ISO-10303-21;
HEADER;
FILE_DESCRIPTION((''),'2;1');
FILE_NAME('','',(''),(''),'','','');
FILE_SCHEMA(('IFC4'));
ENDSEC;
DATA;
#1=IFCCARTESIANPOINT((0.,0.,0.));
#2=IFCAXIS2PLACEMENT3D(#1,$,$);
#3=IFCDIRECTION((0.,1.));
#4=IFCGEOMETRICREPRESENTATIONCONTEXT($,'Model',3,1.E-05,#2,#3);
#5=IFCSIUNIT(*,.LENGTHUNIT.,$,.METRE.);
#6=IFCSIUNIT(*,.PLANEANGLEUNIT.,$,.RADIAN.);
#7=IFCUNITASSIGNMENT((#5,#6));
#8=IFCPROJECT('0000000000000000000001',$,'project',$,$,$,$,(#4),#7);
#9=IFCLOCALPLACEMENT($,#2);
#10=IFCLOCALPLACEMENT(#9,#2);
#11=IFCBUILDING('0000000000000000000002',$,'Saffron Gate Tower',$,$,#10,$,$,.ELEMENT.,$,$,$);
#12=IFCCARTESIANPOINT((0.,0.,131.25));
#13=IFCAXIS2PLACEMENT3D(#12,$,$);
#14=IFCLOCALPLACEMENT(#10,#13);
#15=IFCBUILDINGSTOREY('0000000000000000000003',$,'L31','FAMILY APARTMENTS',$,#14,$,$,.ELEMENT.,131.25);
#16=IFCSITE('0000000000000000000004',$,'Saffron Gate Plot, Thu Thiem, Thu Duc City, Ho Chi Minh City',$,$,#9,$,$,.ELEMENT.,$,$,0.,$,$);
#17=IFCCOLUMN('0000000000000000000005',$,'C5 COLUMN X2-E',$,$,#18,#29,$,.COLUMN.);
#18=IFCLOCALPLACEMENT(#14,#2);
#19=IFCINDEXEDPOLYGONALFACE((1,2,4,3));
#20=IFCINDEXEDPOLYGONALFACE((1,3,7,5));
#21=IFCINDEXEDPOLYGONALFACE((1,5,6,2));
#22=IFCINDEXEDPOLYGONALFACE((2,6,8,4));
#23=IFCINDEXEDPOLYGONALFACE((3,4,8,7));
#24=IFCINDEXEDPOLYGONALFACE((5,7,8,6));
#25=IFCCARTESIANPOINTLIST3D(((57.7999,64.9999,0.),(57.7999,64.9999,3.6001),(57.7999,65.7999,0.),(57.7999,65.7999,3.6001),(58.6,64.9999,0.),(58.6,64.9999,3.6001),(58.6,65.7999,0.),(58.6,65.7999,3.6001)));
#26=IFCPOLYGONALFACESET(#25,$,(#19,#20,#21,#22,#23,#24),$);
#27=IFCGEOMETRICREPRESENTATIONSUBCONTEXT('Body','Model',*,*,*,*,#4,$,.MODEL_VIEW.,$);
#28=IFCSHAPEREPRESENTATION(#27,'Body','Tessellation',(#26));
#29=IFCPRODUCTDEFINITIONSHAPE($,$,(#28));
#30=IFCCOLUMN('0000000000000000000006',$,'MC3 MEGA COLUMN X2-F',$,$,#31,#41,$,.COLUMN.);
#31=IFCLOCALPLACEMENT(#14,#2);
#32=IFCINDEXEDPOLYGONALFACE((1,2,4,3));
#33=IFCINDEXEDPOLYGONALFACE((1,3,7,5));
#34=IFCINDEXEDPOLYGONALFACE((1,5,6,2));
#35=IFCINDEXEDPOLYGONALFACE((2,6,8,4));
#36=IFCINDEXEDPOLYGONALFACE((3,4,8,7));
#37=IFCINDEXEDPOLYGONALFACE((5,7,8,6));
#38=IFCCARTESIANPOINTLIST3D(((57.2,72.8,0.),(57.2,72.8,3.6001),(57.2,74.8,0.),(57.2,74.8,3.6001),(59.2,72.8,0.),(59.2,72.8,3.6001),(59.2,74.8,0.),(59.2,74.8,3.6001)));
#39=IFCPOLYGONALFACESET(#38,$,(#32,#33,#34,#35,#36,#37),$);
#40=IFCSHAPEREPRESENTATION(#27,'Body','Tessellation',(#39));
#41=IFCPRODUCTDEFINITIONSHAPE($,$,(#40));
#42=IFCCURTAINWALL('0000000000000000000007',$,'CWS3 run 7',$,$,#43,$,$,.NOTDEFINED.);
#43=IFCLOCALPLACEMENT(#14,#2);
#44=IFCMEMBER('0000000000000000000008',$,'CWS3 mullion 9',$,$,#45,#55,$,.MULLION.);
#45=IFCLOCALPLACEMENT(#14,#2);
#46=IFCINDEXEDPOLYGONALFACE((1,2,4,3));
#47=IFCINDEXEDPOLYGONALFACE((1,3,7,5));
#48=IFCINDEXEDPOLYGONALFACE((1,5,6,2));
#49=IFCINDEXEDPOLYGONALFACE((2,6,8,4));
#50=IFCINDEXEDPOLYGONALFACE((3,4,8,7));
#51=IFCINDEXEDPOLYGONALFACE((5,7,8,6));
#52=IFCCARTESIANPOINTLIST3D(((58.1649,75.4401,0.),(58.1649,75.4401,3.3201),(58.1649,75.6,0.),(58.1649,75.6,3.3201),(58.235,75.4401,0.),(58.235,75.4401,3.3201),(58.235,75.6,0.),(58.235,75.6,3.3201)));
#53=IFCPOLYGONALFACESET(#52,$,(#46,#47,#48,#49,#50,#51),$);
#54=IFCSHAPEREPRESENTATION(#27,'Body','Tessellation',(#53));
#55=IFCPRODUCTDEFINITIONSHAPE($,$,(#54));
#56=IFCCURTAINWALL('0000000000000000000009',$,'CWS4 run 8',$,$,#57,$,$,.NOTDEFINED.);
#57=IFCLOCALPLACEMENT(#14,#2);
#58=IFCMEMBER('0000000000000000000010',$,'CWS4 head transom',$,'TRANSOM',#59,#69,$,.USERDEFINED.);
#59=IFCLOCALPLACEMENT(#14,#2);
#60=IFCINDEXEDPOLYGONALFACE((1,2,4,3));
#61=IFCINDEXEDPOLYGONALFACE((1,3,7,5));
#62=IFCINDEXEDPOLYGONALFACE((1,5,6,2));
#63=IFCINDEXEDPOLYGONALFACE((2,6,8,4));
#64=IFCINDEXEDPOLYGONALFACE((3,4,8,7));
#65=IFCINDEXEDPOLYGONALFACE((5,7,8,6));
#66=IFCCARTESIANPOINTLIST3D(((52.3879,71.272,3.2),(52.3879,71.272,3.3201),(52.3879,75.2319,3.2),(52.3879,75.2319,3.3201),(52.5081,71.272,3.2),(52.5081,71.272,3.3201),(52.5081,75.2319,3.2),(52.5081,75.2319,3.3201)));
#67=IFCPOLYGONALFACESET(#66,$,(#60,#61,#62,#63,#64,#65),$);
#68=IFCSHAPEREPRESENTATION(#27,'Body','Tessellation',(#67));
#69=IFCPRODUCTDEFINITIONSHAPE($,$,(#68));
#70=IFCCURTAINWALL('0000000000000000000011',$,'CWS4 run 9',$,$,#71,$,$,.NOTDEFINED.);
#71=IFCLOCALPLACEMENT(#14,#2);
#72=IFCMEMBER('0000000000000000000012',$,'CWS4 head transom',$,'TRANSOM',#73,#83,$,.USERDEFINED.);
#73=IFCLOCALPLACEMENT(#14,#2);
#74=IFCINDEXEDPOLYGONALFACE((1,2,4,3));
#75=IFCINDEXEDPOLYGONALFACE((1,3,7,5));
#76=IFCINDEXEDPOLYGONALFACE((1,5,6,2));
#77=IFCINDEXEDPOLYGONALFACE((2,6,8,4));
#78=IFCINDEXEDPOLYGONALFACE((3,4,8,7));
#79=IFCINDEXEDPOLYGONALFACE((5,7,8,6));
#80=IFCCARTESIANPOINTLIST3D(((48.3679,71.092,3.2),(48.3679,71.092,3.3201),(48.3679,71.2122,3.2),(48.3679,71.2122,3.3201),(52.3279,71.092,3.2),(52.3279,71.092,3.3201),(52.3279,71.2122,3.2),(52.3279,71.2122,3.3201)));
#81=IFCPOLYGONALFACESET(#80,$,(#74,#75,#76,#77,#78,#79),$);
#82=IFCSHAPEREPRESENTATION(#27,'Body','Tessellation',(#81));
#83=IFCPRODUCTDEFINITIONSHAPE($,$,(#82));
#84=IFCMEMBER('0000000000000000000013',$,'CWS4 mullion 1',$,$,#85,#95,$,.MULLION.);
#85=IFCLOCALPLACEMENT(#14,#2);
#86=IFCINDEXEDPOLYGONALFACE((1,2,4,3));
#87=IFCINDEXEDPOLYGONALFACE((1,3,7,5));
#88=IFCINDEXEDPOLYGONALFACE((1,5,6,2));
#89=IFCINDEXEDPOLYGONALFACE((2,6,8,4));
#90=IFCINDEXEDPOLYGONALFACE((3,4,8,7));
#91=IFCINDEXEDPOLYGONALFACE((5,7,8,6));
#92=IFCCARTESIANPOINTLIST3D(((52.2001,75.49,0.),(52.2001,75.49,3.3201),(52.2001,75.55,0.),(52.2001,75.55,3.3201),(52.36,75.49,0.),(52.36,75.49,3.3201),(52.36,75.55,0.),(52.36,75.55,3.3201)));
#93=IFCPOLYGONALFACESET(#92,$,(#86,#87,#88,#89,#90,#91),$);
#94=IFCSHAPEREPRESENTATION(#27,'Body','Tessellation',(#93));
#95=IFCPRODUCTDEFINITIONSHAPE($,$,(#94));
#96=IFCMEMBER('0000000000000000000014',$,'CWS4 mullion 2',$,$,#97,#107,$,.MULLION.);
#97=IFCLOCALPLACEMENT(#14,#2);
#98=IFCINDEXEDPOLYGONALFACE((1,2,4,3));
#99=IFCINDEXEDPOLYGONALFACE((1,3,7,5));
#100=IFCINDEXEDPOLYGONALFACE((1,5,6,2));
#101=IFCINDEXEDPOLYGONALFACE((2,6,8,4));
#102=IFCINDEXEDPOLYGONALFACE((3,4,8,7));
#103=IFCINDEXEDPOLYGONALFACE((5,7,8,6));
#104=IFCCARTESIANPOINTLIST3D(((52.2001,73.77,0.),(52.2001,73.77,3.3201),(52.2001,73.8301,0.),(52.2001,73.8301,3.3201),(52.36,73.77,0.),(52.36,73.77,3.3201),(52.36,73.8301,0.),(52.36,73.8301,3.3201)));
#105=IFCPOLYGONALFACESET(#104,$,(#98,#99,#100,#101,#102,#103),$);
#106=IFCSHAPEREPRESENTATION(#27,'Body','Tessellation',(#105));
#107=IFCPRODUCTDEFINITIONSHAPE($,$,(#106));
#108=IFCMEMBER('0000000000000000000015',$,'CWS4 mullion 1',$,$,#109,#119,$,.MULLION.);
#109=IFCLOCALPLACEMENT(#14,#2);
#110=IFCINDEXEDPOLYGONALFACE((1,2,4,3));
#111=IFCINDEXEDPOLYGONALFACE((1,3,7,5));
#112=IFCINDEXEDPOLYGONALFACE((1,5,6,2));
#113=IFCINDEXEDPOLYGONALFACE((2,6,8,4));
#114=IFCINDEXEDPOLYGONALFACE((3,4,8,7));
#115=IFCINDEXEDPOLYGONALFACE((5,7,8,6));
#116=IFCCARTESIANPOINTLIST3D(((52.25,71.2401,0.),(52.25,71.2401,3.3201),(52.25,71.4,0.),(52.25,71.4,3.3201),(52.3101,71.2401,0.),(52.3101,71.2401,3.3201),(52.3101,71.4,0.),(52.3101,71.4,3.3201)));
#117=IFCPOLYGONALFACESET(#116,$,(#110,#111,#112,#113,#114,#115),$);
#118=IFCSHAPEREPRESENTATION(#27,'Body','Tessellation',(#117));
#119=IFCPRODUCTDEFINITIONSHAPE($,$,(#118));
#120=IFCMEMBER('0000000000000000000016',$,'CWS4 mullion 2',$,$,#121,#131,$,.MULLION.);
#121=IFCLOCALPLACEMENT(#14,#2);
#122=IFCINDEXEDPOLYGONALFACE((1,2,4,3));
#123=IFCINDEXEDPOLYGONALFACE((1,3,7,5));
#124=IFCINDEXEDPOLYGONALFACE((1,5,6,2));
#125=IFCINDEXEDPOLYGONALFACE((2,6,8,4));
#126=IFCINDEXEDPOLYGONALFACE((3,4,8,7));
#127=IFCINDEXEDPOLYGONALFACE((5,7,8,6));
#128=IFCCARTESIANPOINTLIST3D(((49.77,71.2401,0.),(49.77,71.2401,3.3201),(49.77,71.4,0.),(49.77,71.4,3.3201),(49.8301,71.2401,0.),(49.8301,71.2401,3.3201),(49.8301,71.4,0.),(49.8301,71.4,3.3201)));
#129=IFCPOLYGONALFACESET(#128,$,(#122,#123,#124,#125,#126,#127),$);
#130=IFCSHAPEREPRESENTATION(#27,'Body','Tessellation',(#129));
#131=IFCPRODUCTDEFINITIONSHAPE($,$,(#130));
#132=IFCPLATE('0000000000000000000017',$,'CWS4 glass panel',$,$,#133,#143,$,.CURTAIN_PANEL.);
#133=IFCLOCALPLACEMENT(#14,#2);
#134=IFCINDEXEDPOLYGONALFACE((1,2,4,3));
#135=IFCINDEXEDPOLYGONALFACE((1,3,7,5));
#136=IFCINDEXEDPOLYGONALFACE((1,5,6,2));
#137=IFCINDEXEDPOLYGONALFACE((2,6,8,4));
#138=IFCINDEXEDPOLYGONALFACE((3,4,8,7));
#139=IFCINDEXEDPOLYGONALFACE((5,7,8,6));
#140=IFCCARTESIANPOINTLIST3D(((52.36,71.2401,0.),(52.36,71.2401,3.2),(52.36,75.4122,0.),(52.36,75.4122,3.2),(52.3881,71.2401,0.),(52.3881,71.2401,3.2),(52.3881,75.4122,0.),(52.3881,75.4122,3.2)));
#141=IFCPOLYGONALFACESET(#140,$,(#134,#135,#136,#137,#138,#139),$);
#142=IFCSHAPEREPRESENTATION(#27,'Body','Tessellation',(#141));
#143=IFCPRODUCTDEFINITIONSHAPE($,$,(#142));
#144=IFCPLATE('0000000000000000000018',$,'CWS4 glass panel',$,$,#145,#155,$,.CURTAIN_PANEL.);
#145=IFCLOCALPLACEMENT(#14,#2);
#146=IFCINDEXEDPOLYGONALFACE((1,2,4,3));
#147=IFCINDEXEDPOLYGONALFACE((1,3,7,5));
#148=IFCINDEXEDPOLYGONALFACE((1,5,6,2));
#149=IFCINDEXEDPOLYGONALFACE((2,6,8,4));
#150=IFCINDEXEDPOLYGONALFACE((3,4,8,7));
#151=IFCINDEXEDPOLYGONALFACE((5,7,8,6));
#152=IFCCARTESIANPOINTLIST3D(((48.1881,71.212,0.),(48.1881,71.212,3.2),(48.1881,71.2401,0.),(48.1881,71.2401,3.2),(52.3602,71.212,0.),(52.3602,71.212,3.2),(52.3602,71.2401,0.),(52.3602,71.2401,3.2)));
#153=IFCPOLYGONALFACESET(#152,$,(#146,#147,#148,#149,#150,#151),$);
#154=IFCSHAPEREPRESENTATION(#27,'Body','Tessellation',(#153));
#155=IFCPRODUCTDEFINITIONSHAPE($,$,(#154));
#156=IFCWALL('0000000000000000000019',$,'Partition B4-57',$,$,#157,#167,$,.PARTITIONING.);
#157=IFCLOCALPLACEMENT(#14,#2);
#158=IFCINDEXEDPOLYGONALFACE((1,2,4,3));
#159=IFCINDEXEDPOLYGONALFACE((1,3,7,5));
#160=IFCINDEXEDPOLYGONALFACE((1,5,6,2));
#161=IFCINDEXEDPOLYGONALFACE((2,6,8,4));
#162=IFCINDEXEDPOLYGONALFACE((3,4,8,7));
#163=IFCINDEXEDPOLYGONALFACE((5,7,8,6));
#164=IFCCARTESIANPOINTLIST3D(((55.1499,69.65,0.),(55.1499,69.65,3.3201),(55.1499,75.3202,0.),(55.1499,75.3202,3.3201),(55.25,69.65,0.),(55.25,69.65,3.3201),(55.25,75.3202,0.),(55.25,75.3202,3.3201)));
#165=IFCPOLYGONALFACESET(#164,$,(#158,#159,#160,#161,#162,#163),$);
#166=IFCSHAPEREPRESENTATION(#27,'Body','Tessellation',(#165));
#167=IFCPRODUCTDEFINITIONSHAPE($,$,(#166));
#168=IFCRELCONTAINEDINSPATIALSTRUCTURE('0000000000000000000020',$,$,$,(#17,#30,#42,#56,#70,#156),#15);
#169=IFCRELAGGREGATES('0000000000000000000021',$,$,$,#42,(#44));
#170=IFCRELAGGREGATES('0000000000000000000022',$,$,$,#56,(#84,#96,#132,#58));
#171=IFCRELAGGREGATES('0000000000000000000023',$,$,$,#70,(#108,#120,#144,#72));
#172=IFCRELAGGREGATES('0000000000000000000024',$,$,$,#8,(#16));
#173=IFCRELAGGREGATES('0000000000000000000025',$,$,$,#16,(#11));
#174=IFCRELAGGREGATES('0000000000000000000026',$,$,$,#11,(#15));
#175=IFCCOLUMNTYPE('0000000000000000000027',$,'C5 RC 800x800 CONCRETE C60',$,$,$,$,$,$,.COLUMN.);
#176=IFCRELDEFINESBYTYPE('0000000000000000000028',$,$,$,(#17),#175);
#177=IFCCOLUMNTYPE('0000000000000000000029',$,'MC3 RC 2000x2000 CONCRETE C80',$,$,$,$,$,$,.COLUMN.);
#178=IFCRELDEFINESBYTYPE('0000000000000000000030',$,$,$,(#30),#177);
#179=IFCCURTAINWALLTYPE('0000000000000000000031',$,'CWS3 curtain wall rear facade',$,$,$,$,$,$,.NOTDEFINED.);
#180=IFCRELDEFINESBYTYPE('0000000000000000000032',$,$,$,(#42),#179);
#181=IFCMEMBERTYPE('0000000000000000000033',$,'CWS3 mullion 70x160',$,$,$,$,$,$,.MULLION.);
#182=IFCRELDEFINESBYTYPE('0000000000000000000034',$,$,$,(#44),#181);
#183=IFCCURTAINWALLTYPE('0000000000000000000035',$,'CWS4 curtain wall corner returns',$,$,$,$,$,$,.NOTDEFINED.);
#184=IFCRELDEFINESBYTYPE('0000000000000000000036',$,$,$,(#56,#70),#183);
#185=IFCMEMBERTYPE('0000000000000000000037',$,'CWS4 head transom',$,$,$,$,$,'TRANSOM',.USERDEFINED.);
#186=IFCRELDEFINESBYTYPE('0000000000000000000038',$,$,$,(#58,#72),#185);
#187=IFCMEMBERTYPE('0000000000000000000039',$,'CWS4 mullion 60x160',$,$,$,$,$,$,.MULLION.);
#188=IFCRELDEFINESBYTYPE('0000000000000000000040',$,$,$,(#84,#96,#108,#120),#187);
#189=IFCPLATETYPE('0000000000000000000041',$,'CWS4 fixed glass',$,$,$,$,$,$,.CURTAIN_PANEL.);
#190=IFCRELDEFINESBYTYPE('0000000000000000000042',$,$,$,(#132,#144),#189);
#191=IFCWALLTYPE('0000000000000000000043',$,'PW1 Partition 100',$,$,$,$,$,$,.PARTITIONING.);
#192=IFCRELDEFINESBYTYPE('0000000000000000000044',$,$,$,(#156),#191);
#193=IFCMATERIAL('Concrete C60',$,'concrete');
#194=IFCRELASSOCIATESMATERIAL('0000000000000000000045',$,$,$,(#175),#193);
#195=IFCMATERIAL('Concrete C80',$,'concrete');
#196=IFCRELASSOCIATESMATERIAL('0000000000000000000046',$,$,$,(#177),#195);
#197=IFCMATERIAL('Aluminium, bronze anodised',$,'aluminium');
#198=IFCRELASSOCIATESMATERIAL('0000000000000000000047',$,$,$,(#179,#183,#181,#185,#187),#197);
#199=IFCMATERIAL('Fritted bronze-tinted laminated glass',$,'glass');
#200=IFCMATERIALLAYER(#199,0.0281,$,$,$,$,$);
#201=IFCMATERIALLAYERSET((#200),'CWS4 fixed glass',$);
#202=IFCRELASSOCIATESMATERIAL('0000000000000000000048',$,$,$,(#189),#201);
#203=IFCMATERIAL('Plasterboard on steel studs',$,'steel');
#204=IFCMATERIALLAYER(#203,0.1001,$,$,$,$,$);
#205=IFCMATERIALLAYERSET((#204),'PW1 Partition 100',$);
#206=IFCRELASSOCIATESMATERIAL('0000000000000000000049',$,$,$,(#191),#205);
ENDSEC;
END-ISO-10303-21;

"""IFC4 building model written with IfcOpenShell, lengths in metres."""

from ifc_helpers import new_model, si_unit, direction, frame, frame_2d, origin, origin_2d, place, context, subcontext, project, spatial, rectangle, extrude, material, layer, layer_set, material_profile, profile_set, type_object, element, aggregate, save


model = new_model("IFC4")

# Units and contexts
model_context = context("Model", 3, precision=1e-05, world=origin(), true_north=direction((0.0, 1.0)))
body_context = subcontext(model_context, "Body", "Model", "MODEL_VIEW")
ifc_project = project(units=[si_unit("LENGTHUNIT", "METRE"), si_unit("PLANEANGLEUNIT", "RADIAN")], contexts=[model_context])

# Site, building, storey
site_placement = place(None, origin())
site = spatial("IfcSite", under=ifc_project, at=site_placement, Name="Saffron Gate Plot, Thu Thiem, Thu Duc City, Ho Chi Minh City", CompositionType="ELEMENT", RefElevation=0.0)
building_placement = place(site_placement, origin())
building = spatial("IfcBuilding", under=site, at=building_placement, Name="Saffron Gate Tower", CompositionType="ELEMENT")
storey_placement = place(building_placement, frame((0.0, 0.0, 131.25)))
storey = spatial("IfcBuildingStorey", under=building, at=storey_placement, Name="L31", Description="FAMILY APARTMENTS", CompositionType="ELEMENT", Elevation=131.25)

# Columns
ifc_material_1 = material(Name="Concrete C60", Category="concrete")
ifc_material_profile_1 = material_profile(ifc_material_1, rectangle(XDim=0.8, YDim=0.8, at=origin_2d()))
ifc_profile_set_1 = profile_set([ifc_material_profile_1], Name="Concrete C60")
column_type_1 = type_object("IfcColumnType", Name="C5 RC 800x800 CONCRETE C60", PredefinedType="COLUMN", material=ifc_profile_set_1)
column_1_placement = place(storey_placement, frame((58.2, 65.3999, 0.0), z_axis=(0.0, 0.0, 1.0), x_axis=(1.0, 0.0, 0.0)))
element("IfcColumn", 1, at=column_1_placement, inside=storey, type_object=column_type_1, Name="C5 COLUMN X2-E", PredefinedType="COLUMN", context=body_context, shape_type="SweptSolid", body=[
    extrude(rectangle(XDim=0.8, YDim=0.8, at=origin_2d()), origin(), (0.0, 0.0, 1.0), 3.6001),
])
ifc_material_2 = material(Name="Concrete C80", Category="concrete")
ifc_material_profile_2 = material_profile(ifc_material_2, rectangle(XDim=2.0, YDim=2.0, at=origin_2d()))
ifc_profile_set_2 = profile_set([ifc_material_profile_2], Name="Concrete C80")
column_type_2 = type_object("IfcColumnType", Name="MC3 RC 2000x2000 CONCRETE C80", PredefinedType="COLUMN", material=ifc_profile_set_2)
column_2_placement = place(storey_placement, frame((58.2, 73.8, 0.0), z_axis=(0.0, 0.0, 1.0), x_axis=(1.0, 0.0, 0.0)))
element("IfcColumn", 2, at=column_2_placement, inside=storey, type_object=column_type_2, Name="MC3 MEGA COLUMN X2-F", PredefinedType="COLUMN", context=body_context, shape_type="SweptSolid", body=[
    extrude(rectangle(XDim=2.0, YDim=2.0, at=origin_2d()), origin(), (0.0, 0.0, 1.0), 3.6001),
])

# Curtain walls, members
ifc_material_3 = material(Name="Aluminium, bronze anodised", Category="aluminium")
curtain_wall_type_1 = type_object("IfcCurtainWallType", Name="CWS3 curtain wall rear facade", PredefinedType="NOTDEFINED", material=ifc_material_3)
curtain_wall_1_placement = place(storey_placement, origin())
curtain_wall_1 = element("IfcCurtainWall", 3, at=curtain_wall_1_placement, inside=storey, type_object=curtain_wall_type_1, Name="CWS3 run 7", PredefinedType="NOTDEFINED")
ifc_material_profile_3 = material_profile(ifc_material_3, rectangle(XDim=0.1599, YDim=0.0701, at=origin_2d()))
ifc_profile_set_3 = profile_set([ifc_material_profile_3], Name="Aluminium, bronze anodised")
member_type_1 = type_object("IfcMemberType", Name="CWS3 mullion 70x160", PredefinedType="MULLION", material=ifc_profile_set_3)
member_1_placement = place(storey_placement, frame((58.2, 75.52, 0.0), z_axis=(0.0, 0.0, 1.0), x_axis=(0.0, -1.0, 0.0)))
member_1 = element("IfcMember", 4, at=member_1_placement, type_object=member_type_1, Name="CWS3 mullion 9", PredefinedType="MULLION", context=body_context, shape_type="SweptSolid", body=[
    extrude(rectangle(XDim=0.1599, YDim=0.0701, at=origin_2d()), origin(), (0.0, 0.0, 1.0), 3.3201),
])
aggregate(curtain_wall_1, [member_1])
curtain_wall_type_2 = type_object("IfcCurtainWallType", Name="CWS4 curtain wall corner returns", PredefinedType="NOTDEFINED", material=ifc_material_3)
curtain_wall_2_placement = place(storey_placement, origin())
curtain_wall_2 = element("IfcCurtainWall", 5, at=curtain_wall_2_placement, inside=storey, type_object=curtain_wall_type_2, Name="CWS4 run 8", PredefinedType="NOTDEFINED")
ifc_material_profile_4 = material_profile(ifc_material_3, rectangle(XDim=0.1201, YDim=0.1201, at=origin_2d()))
ifc_profile_set_4 = profile_set([ifc_material_profile_4], Name="Aluminium, bronze anodised")
member_type_2 = type_object("IfcMemberType", Name="CWS4 head transom", ElementType="TRANSOM", PredefinedType="USERDEFINED", material=ifc_profile_set_4)
member_2_placement = place(storey_placement, frame((52.448, 75.2319, 3.26), z_axis=(0.0, -1.0, 0.0), x_axis=(1.0, 0.0, 0.0)))
member_2 = element("IfcMember", 6, at=member_2_placement, type_object=member_type_2, Name="CWS4 head transom", ObjectType="TRANSOM", PredefinedType="USERDEFINED", context=body_context, shape_type="SweptSolid", body=[
    extrude(rectangle(XDim=0.1201, YDim=0.1201, at=origin_2d()), origin(), (0.0, 0.0, 1.0), 3.96),
])
curtain_wall_3_placement = place(storey_placement, origin())
curtain_wall_3 = element("IfcCurtainWall", 7, at=curtain_wall_3_placement, inside=storey, type_object=curtain_wall_type_2, Name="CWS4 run 9", PredefinedType="NOTDEFINED")
member_3_placement = place(storey_placement, frame((52.3279, 71.1521, 3.26), z_axis=(-1.0, 0.0, 0.0), x_axis=(0.0, -1.0, 0.0)))
member_3 = element("IfcMember", 8, at=member_3_placement, type_object=member_type_2, Name="CWS4 head transom", ObjectType="TRANSOM", PredefinedType="USERDEFINED", context=body_context, shape_type="SweptSolid", body=[
    extrude(rectangle(XDim=0.1201, YDim=0.1201, at=origin_2d()), origin(), (0.0, 0.0, 1.0), 3.96),
])

# Members
ifc_material_profile_5 = material_profile(ifc_material_3, rectangle(XDim=0.1599, YDim=0.0601, at=origin_2d()))
ifc_profile_set_5 = profile_set([ifc_material_profile_5], Name="Aluminium, bronze anodised")
member_type_3 = type_object("IfcMemberType", Name="CWS4 mullion 60x160", PredefinedType="MULLION", material=ifc_profile_set_5)
member_4_placement = place(storey_placement, frame((52.28, 75.52, 0.0), z_axis=(0.0, 0.0, 1.0), x_axis=(1.0, 0.0, 0.0)))
member_4 = element("IfcMember", 9, at=member_4_placement, type_object=member_type_3, Name="CWS4 mullion 1", PredefinedType="MULLION", context=body_context, shape_type="SweptSolid", body=[
    extrude(rectangle(XDim=0.1599, YDim=0.0601, at=origin_2d()), origin(), (0.0, 0.0, 1.0), 3.3201),
])
member_5_placement = place(storey_placement, frame((52.28, 73.8, 0.0), z_axis=(0.0, 0.0, 1.0), x_axis=(1.0, 0.0, 0.0)))
member_5 = element("IfcMember", 10, at=member_5_placement, type_object=member_type_3, Name="CWS4 mullion 2", PredefinedType="MULLION", context=body_context, shape_type="SweptSolid", body=[
    extrude(rectangle(XDim=0.1599, YDim=0.0601, at=origin_2d()), origin(), (0.0, 0.0, 1.0), 3.3201),
])
member_6_placement = place(storey_placement, frame((52.28, 71.3201, 0.0), z_axis=(0.0, 0.0, 1.0), x_axis=(0.0, -1.0, 0.0)))
member_6 = element("IfcMember", 11, at=member_6_placement, type_object=member_type_3, Name="CWS4 mullion 1", PredefinedType="MULLION", context=body_context, shape_type="SweptSolid", body=[
    extrude(rectangle(XDim=0.1599, YDim=0.0601, at=origin_2d()), origin(), (0.0, 0.0, 1.0), 3.3201),
])
member_7_placement = place(storey_placement, frame((49.8, 71.3201, 0.0), z_axis=(0.0, 0.0, 1.0), x_axis=(0.0, -1.0, 0.0)))
member_7 = element("IfcMember", 12, at=member_7_placement, type_object=member_type_3, Name="CWS4 mullion 2", PredefinedType="MULLION", context=body_context, shape_type="SweptSolid", body=[
    extrude(rectangle(XDim=0.1599, YDim=0.0601, at=origin_2d()), origin(), (0.0, 0.0, 1.0), 3.3201),
])

# Plates
ifc_material_4 = material(Name="Fritted bronze-tinted laminated glass", Category="glass")
ifc_layer_1 = layer(ifc_material_4, 0.0281)
ifc_layer_set_1 = layer_set([ifc_layer_1], Name="CWS4 fixed glass")
plate_type = type_object("IfcPlateType", Name="CWS4 fixed glass", PredefinedType="CURTAIN_PANEL", material=ifc_layer_set_1)
plate_1_placement = place(storey_placement, frame((52.374, 75.4121, 0.0), z_axis=(0.0, 0.0, 1.0), x_axis=(0.0, -1.0, 0.0)))
plate_1 = element("IfcPlate", 13, at=plate_1_placement, type_object=plate_type, Name="CWS4 glass panel", PredefinedType="CURTAIN_PANEL", context=body_context, shape_type="SweptSolid", body=[
    extrude(rectangle(XDim=4.1721, YDim=0.0281, at=frame_2d((2.0859, 0.0))), origin(), (0.0, 0.0, 1.0), 3.2),
])
aggregate(curtain_wall_2, [member_4, member_5, plate_1, member_2])
plate_2_placement = place(storey_placement, frame((52.3601, 71.2261, 0.0), z_axis=(0.0, 0.0, 1.0), x_axis=(-1.0, 0.0, 0.0)))
plate_2 = element("IfcPlate", 14, at=plate_2_placement, type_object=plate_type, Name="CWS4 glass panel", PredefinedType="CURTAIN_PANEL", context=body_context, shape_type="SweptSolid", body=[
    extrude(rectangle(XDim=4.1721, YDim=0.0281, at=frame_2d((2.0859, 0.0))), origin(), (0.0, 0.0, 1.0), 3.2),
])
aggregate(curtain_wall_3, [member_6, member_7, plate_2, member_3])

# Wall
ifc_material_5 = material(Name="Plasterboard on steel studs", Category="steel")
ifc_layer_2 = layer(ifc_material_5, 0.1001)
ifc_layer_set_2 = layer_set([ifc_layer_2], Name="PW1 Partition 100")
wall_type = type_object("IfcWallType", Name="PW1 Partition 100", PredefinedType="PARTITIONING", material=ifc_layer_set_2)
wall_placement = place(storey_placement, frame((55.2, 75.3201, 0.0), z_axis=(0.0, 0.0, 1.0), x_axis=(0.0, -1.0, 0.0)))
element("IfcWall", 15, at=wall_placement, inside=storey, type_object=wall_type, Name="Partition B4-57", PredefinedType="PARTITIONING", context=body_context, shape_type="SweptSolid", body=[
    extrude(rectangle(XDim=5.6702, YDim=0.1001, at=frame_2d((2.835, 0.0))), origin(), (0.0, 0.0, 1.0), 3.3201),
])

save(model, "model.ifc")
